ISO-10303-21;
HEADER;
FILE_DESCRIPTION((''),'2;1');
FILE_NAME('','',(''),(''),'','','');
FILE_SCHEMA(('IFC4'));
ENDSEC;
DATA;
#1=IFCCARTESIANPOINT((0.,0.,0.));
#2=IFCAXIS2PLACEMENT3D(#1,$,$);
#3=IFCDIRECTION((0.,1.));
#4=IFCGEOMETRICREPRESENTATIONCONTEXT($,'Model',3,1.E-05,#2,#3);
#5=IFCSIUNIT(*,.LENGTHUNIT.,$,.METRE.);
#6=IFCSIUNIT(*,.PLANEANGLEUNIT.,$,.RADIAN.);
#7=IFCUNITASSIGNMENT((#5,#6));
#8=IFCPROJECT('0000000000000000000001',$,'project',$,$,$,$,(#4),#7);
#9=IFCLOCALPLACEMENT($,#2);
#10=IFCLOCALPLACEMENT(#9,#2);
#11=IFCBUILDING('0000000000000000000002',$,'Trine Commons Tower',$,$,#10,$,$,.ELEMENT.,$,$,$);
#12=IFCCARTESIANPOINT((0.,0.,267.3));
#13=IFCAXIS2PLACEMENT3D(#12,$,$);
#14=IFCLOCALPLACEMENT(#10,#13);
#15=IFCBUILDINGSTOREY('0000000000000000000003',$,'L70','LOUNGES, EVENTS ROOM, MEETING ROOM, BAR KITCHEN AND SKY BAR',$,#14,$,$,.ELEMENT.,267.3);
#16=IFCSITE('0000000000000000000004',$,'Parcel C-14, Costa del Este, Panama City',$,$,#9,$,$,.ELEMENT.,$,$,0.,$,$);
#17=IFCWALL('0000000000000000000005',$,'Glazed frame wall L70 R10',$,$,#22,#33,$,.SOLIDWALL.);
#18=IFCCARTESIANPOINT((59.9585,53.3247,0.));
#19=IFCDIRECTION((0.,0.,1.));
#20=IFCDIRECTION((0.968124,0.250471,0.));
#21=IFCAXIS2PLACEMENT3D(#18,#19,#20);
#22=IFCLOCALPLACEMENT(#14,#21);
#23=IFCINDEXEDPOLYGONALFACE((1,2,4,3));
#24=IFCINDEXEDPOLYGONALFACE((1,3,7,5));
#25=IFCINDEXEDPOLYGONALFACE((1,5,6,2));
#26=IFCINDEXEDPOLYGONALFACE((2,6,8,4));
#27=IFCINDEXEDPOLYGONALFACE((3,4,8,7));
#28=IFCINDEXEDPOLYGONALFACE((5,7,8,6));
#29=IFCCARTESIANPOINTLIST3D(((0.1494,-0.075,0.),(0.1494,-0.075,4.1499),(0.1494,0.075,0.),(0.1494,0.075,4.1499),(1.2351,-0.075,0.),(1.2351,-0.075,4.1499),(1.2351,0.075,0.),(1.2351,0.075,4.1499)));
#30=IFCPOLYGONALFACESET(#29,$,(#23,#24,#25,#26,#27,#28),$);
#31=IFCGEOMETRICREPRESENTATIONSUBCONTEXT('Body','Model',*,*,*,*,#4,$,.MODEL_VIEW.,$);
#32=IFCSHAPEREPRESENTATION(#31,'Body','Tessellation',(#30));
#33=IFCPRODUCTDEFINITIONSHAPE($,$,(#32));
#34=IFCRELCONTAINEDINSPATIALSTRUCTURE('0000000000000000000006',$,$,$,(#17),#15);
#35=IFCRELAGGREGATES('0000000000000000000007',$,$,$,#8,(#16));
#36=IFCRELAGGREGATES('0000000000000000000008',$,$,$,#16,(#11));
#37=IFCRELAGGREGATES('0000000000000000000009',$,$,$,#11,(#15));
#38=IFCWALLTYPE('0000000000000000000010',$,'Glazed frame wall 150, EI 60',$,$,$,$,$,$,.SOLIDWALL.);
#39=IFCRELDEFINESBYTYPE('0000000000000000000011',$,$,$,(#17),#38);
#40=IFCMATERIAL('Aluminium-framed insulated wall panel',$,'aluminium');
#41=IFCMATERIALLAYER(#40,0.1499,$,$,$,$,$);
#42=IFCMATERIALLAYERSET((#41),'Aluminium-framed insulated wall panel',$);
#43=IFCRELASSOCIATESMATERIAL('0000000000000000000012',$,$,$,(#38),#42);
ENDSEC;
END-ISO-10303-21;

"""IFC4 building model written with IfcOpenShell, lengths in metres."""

from ifc_helpers import new_model, si_unit, direction, frame, origin, place, context, subcontext, project, spatial, polyline, outline, extrude, material, layer, layer_set, type_object, element, save


model = new_model("IFC4")

# Units and contexts
model_context = context("Model", 3, precision=1e-05, world=origin(), true_north=direction((0.0, 1.0)))
body_context = subcontext(model_context, "Body", "Model", "MODEL_VIEW")
ifc_project = project(units=[si_unit("LENGTHUNIT", "METRE"), si_unit("PLANEANGLEUNIT", "RADIAN")], contexts=[model_context])

# Site, building, storey
site_placement = place(None, origin())
site = spatial("IfcSite", under=ifc_project, at=site_placement, Name="Parcel C-14, Costa del Este, Panama City", CompositionType="ELEMENT", RefElevation=0.0)
building_placement = place(site_placement, origin())
building = spatial("IfcBuilding", under=site, at=building_placement, Name="Trine Commons Tower", CompositionType="ELEMENT")
storey_placement = place(building_placement, frame((0.0, 0.0, 267.3)))
storey = spatial("IfcBuildingStorey", under=building, at=storey_placement, Name="L70", Description="LOUNGES, EVENTS ROOM, MEETING ROOM, BAR KITCHEN AND SKY BAR", CompositionType="ELEMENT", Elevation=267.3)

# Wall
ifc_material_1 = material(Name="Aluminium-framed insulated wall panel", Category="aluminium")
ifc_layer_1 = layer(ifc_material_1, 0.1499)
ifc_layer_set_1 = layer_set([ifc_layer_1], Name="Aluminium-framed insulated wall panel")
wall_type_1 = type_object("IfcWallType", Name="Glazed frame wall 150, EI 60", PredefinedType="SOLIDWALL", material=ifc_layer_set_1)
wall_1_placement = place(storey_placement, frame((59.9585, 53.3247, 0.0), z_axis=(0.0, 0.0, 1.0), x_axis=(0.968124, 0.250471, 0.0)))
element("IfcWall", 1, at=wall_1_placement, inside=storey, type_object=wall_type_1, Name="Glazed frame wall L70 R10", PredefinedType="SOLIDWALL", context=body_context, shape_type="SweptSolid", body=[
    extrude(outline(polyline([(0.1494, 0.075), (0.1494, -0.075), (1.2351, -0.075), (1.2351, 0.075), (0.1494, 0.075)])), origin(), (0.0, 0.0, 1.0), 4.1499),
])

save(model, "model.ifc")
